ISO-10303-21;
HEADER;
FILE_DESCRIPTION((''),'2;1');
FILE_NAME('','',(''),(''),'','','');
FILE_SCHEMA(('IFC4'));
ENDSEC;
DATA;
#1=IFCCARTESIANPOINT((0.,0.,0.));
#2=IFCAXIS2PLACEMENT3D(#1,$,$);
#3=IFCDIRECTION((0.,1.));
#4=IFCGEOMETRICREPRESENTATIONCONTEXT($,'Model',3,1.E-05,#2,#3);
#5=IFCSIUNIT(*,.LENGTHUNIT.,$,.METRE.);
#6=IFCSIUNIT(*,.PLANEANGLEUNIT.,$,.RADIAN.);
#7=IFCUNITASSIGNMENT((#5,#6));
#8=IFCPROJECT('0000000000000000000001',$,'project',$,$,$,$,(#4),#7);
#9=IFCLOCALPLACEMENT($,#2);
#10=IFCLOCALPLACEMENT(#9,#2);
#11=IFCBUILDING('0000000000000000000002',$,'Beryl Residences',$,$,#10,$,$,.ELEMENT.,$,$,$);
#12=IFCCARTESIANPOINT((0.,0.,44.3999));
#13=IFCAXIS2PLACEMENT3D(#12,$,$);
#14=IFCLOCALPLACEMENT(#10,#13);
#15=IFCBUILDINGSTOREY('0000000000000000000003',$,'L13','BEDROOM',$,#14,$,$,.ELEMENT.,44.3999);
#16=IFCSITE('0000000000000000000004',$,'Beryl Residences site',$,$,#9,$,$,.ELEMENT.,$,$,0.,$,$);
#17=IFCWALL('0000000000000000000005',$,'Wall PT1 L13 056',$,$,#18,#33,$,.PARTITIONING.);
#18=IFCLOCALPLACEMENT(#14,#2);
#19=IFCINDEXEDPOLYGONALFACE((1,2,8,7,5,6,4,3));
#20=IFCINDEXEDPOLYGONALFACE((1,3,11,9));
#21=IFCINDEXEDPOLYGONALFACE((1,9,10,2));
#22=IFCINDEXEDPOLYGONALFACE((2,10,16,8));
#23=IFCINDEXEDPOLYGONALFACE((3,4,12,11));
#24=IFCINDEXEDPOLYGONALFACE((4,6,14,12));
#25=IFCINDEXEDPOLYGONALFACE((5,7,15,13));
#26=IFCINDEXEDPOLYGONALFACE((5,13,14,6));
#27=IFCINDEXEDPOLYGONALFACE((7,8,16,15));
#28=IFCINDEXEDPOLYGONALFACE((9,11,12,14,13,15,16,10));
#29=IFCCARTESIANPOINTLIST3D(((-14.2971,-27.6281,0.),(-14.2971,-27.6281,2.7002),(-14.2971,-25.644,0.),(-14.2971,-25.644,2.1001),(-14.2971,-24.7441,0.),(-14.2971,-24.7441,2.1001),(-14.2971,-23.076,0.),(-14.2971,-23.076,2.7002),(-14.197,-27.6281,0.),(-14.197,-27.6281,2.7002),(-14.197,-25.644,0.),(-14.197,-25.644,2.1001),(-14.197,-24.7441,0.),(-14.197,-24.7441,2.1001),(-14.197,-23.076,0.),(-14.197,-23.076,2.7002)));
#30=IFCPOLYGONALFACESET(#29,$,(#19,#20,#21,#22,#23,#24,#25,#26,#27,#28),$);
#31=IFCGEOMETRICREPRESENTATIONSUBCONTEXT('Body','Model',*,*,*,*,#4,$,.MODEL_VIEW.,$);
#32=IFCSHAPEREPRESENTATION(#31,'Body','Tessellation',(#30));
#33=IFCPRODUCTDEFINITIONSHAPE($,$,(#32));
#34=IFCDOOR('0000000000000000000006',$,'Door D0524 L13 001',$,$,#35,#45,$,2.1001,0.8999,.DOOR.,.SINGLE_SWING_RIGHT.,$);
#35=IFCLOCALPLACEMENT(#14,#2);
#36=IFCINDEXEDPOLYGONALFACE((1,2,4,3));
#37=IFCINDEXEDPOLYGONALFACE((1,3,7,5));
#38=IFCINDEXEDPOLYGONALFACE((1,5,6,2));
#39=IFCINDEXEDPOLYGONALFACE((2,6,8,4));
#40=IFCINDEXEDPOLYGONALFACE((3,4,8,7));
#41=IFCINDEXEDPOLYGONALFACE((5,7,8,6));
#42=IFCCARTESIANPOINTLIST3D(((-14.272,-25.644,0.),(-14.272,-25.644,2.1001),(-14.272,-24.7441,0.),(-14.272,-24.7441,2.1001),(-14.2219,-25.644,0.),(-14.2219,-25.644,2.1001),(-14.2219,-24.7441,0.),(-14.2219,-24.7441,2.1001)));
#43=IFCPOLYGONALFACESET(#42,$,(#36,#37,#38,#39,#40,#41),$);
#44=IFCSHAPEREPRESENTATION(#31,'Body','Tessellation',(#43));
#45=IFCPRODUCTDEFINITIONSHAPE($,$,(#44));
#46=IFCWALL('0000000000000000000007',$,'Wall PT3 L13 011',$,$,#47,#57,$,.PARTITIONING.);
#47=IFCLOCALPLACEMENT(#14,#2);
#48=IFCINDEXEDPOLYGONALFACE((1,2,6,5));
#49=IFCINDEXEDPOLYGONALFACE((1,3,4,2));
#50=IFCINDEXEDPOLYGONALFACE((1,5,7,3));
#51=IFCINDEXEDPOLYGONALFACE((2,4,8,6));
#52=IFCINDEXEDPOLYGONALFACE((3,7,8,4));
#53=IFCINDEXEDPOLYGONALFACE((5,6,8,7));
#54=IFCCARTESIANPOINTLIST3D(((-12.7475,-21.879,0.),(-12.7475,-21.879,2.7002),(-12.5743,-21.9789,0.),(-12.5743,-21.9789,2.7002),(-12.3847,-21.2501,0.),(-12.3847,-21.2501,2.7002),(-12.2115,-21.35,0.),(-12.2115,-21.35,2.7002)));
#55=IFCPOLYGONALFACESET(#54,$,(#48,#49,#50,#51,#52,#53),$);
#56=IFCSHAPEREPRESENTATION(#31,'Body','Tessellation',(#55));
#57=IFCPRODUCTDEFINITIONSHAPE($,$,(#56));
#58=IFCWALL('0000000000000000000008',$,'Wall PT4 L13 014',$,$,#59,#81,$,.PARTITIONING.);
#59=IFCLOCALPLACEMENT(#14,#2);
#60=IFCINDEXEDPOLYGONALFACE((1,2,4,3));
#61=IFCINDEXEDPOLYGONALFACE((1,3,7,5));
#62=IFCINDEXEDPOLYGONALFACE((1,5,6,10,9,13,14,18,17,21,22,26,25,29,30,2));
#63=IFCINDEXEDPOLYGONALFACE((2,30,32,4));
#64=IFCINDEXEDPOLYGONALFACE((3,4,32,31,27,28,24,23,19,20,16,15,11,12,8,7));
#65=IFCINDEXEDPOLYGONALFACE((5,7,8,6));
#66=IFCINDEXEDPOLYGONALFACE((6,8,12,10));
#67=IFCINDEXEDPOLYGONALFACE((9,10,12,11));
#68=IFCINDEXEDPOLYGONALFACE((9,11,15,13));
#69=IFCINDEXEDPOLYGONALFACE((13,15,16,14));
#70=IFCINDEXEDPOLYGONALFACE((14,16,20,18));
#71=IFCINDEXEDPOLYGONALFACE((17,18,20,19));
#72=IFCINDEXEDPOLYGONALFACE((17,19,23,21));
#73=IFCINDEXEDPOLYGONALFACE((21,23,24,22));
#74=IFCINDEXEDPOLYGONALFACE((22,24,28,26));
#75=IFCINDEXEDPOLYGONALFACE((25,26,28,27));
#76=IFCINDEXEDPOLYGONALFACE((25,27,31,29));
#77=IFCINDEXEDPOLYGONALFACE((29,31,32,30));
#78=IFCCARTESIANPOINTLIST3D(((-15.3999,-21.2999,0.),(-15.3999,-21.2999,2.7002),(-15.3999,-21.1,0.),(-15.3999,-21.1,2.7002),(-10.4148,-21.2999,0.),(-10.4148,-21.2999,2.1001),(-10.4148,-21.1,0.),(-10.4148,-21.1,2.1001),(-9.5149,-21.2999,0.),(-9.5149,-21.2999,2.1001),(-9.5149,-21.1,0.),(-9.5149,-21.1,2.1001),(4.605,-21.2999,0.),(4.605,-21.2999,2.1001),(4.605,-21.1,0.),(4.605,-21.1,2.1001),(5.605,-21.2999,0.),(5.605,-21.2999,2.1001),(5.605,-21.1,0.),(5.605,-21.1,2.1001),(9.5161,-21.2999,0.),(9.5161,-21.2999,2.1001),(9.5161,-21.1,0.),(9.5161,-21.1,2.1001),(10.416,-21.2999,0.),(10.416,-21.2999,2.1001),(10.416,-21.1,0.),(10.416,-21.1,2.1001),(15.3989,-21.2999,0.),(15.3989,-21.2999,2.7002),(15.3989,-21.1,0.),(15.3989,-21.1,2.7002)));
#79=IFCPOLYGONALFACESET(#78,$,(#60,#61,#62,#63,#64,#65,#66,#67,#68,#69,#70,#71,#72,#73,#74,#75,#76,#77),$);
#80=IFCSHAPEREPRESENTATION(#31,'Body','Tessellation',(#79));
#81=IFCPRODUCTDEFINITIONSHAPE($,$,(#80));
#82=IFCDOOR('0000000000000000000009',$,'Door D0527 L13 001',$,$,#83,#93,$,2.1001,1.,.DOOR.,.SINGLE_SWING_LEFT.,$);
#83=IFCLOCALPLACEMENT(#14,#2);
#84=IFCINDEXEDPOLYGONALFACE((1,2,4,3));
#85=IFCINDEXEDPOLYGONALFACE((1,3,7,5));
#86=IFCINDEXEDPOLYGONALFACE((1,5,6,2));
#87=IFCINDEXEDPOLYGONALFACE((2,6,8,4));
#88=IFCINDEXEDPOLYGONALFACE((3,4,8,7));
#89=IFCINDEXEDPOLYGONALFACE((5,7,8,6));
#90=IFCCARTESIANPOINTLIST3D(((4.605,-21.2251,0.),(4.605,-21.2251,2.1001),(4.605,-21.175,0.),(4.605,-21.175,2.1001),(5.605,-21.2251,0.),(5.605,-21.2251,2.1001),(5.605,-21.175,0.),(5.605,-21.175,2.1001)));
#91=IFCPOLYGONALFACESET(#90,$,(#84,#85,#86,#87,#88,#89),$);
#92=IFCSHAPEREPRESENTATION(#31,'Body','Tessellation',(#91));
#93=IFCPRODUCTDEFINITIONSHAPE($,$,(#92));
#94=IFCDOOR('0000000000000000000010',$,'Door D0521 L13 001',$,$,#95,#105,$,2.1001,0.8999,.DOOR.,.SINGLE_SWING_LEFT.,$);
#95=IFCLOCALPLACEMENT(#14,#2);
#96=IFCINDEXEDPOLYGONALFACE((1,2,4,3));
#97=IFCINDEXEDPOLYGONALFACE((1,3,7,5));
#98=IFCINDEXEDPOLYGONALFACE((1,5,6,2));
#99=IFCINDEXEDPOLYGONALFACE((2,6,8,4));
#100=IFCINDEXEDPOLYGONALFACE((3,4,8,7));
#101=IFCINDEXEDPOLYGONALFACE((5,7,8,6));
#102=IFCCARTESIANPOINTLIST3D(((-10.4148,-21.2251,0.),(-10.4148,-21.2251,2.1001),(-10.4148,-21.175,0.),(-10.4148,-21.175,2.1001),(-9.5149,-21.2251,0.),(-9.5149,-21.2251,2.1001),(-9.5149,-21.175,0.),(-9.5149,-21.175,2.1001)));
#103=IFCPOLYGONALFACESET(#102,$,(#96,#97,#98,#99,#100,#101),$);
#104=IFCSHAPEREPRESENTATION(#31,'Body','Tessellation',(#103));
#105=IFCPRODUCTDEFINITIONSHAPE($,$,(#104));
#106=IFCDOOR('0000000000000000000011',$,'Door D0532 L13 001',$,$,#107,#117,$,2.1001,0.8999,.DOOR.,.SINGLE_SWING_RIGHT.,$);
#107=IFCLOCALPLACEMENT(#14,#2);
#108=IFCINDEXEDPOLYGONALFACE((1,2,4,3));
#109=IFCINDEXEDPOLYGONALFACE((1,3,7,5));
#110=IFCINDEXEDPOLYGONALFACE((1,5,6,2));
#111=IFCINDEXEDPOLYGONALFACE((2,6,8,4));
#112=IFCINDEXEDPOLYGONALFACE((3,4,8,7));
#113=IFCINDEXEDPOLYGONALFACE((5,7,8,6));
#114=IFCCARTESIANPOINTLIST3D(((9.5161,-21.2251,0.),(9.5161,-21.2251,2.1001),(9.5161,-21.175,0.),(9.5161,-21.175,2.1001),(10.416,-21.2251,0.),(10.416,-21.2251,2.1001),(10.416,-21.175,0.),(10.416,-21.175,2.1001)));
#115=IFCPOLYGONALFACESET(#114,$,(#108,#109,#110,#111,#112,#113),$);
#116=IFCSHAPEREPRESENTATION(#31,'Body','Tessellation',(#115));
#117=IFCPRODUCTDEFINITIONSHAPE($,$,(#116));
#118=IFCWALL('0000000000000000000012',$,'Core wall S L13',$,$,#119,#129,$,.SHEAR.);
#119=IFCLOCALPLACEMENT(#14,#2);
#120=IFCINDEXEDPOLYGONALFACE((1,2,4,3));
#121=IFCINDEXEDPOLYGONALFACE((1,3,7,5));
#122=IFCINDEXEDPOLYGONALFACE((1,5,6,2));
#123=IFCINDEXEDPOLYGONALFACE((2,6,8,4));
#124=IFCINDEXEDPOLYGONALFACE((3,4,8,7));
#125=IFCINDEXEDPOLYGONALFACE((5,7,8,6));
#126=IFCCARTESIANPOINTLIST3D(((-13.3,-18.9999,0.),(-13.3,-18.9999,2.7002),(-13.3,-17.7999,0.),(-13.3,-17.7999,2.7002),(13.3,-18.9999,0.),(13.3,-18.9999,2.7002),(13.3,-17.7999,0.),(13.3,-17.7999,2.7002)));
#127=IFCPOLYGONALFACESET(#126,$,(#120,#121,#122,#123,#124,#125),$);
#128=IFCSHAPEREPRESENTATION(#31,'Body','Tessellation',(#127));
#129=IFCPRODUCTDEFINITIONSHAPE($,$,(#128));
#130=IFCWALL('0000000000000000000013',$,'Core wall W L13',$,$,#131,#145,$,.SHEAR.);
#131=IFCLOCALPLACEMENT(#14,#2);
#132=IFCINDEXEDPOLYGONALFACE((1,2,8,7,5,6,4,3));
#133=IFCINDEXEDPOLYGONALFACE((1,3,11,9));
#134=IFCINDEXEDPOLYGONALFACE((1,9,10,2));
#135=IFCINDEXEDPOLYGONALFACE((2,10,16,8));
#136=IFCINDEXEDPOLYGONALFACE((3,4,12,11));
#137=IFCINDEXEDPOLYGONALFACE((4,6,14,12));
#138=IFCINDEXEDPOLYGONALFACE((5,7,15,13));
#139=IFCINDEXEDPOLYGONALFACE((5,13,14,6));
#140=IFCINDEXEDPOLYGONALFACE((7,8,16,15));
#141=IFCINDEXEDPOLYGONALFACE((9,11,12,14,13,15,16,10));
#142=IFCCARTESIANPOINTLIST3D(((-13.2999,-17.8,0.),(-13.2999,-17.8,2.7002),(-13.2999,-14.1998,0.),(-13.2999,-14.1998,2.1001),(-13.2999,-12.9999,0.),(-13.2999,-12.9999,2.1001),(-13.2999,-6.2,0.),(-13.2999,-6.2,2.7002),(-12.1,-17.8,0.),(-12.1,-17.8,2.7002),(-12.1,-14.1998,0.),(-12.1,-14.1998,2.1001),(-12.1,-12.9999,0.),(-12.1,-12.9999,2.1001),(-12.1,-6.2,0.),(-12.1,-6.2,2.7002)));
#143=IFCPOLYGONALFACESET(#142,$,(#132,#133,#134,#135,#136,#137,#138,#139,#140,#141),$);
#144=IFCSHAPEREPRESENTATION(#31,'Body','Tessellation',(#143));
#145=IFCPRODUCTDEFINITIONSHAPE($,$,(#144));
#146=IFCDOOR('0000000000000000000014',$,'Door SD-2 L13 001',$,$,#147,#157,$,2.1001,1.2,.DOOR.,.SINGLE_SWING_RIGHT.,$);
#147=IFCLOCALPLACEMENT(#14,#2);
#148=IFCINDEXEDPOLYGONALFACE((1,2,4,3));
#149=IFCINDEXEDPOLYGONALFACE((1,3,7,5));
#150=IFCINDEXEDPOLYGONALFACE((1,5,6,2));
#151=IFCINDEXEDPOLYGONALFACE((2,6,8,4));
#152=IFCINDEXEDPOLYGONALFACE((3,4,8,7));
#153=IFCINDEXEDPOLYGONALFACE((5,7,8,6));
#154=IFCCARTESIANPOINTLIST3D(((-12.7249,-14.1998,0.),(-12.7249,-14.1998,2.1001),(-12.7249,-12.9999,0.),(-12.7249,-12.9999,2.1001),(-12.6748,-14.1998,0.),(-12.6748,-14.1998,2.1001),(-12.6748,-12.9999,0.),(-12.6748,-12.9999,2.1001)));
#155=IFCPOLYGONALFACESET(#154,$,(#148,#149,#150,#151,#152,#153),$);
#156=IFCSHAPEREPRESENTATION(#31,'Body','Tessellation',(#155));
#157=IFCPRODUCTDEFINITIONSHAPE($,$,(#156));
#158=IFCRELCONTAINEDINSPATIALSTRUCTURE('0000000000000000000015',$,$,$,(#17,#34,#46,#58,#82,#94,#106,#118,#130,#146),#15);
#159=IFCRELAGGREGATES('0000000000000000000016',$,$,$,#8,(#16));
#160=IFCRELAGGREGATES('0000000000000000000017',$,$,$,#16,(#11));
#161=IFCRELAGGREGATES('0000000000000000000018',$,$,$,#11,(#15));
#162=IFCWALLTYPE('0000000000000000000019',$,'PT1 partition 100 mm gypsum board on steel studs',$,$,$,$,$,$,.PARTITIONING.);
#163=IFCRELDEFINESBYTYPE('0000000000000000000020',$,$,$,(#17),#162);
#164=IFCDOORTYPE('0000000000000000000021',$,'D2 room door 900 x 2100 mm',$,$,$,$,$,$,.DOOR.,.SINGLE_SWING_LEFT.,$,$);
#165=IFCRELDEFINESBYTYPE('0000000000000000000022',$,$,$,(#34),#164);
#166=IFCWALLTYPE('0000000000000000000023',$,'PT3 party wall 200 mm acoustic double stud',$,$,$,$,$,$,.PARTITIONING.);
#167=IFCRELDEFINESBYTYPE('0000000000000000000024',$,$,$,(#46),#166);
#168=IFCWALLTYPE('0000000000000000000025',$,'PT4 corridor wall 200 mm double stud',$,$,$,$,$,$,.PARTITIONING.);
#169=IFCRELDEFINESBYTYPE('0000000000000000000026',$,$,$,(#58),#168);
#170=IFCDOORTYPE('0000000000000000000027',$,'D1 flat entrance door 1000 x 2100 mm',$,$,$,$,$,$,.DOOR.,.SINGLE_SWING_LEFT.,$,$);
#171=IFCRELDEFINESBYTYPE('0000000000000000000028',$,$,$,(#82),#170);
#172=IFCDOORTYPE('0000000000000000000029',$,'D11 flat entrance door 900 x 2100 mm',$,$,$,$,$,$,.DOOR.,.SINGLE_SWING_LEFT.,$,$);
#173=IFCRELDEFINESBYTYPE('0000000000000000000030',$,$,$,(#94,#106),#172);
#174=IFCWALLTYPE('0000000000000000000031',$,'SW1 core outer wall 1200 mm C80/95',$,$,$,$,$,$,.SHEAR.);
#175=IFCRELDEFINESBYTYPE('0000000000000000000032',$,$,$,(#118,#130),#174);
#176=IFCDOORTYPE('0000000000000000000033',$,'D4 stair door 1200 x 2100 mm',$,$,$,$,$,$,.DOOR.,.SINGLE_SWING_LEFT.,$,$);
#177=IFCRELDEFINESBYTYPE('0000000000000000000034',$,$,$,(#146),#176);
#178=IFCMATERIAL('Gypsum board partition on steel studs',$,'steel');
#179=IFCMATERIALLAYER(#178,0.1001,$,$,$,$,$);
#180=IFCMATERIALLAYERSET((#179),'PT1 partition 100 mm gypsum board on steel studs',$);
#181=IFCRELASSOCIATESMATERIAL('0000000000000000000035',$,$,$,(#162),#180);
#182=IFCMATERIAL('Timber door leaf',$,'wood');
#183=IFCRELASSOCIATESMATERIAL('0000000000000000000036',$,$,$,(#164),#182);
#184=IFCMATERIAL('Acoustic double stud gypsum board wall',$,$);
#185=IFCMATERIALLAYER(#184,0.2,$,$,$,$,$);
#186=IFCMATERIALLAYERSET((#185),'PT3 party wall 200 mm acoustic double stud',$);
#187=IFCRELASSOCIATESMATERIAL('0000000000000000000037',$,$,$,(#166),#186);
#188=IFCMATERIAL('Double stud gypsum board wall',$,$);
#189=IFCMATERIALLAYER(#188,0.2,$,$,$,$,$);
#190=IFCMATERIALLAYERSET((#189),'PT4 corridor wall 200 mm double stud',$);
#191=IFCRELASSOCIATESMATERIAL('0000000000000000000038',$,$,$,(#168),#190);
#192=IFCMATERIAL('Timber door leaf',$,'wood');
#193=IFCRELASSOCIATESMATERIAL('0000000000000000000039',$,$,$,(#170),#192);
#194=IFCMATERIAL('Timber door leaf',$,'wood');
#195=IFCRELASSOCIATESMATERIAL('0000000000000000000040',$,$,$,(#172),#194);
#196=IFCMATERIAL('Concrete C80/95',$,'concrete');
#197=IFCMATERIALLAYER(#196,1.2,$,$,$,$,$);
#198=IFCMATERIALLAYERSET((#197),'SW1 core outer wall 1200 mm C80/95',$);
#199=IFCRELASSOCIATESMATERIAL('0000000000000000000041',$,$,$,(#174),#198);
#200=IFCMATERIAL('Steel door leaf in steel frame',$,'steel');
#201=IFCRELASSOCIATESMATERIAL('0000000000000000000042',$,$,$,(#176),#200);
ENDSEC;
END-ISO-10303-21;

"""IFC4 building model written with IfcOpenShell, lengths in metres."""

from ifc_helpers import new_model, si_unit, direction, frame, frame_2d, origin, place, context, subcontext, project, spatial, rectangle, extrude, material, layer, layer_set, type_object, element, fill, save


model = new_model("IFC4")

# Units and contexts
model_context = context("Model", 3, precision=1e-05, world=origin(), true_north=direction((0.0, 1.0)))
body_context = subcontext(model_context, "Body", "Model", "MODEL_VIEW")
ifc_project = project(units=[si_unit("LENGTHUNIT", "METRE"), si_unit("PLANEANGLEUNIT", "RADIAN")], contexts=[model_context])

# Site, building, storey
site_placement = place(None, origin())
site = spatial("IfcSite", under=ifc_project, at=site_placement, Name="Beryl Residences site", CompositionType="ELEMENT", RefElevation=0.0)
building_placement = place(site_placement, origin())
building = spatial("IfcBuilding", under=site, at=building_placement, Name="Beryl Residences", CompositionType="ELEMENT")
storey_placement = place(building_placement, frame((0.0, 0.0, 44.3999)))
storey = spatial("IfcBuildingStorey", under=building, at=storey_placement, Name="L13", Description="BEDROOM", CompositionType="ELEMENT", Elevation=44.3999)

# Shared definitions
ifc_material_1 = material(Name="Gypsum board partition on steel studs", Category="steel")
ifc_layer_1 = layer(ifc_material_1, 0.1001)
ifc_layer_set_1 = layer_set([ifc_layer_1], Name="PT1 partition 100 mm gypsum board on steel studs")
wall_type_1 = type_object("IfcWallType", Name="PT1 partition 100 mm gypsum board on steel studs", PredefinedType="PARTITIONING", material=ifc_layer_set_1)

# Wall, opening, door
wall_1_placement = place(storey_placement, frame((-14.2471, -27.6279, 0.0), z_axis=(0.0, 0.0, 1.0), x_axis=(0.0, 1.0, 0.0)))
wall_1 = element("IfcWall", 1, at=wall_1_placement, inside=storey, type_object=wall_type_1, Name="Wall PT1 L13 056", PredefinedType="PARTITIONING", context=body_context, shape_type="SweptSolid", body=[
    extrude(rectangle(XDim=4.552, YDim=0.1001, at=frame_2d((2.2759, 0.0))), origin(), (0.0, 0.0, 1.0), 2.7002),
])
opening_1_placement = place(wall_1_placement, frame((1.9839, 0.0, 0.0)))
opening_1 = element("IfcOpeningElement", 2, at=opening_1_placement, cuts=wall_1, PredefinedType="OPENING", context=body_context, shape_type="SweptSolid", body=[
    extrude(rectangle(XDim=0.8999, YDim=2.1001, at=frame_2d((0.45, 1.05))), frame((0.0, 0.0601, 0.0), z_axis=(0.0, -1.0, 0.0), x_axis=(1.0, 0.0, 0.0)), (0.0, 0.0, 1.0), 0.1201),
])
ifc_material_2 = material(Name="Timber door leaf", Category="wood")
door_type_1 = type_object("IfcDoorType", Name="D2 room door 900 x 2100 mm", OperationType="SINGLE_SWING_LEFT", PredefinedType="DOOR", material=ifc_material_2)
door_1_placement = place(opening_1_placement, origin())
door_1 = element("IfcDoor", 3, at=door_1_placement, inside=storey, type_object=door_type_1, Name="Door D0524 L13 001", OperationType="SINGLE_SWING_RIGHT", OverallHeight=2.1001, OverallWidth=0.8999, PredefinedType="DOOR", context=body_context, shape_type="SweptSolid", body=[
    extrude(rectangle(XDim=0.8999, YDim=2.1001, at=frame_2d((0.45, 1.05))), frame((0.0, 0.0249, 0.0), z_axis=(0.0, -1.0, 0.0), x_axis=(1.0, 0.0, 0.0)), (0.0, 0.0, 1.0), 0.05),
])
fill(opening_1, door_1)

# Wall
ifc_material_3 = material(Name="Acoustic double stud gypsum board wall")
ifc_layer_2 = layer(ifc_material_3, 0.2)
ifc_layer_set_2 = layer_set([ifc_layer_2], Name="PT3 party wall 200 mm acoustic double stud")
wall_type_2 = type_object("IfcWallType", Name="PT3 party wall 200 mm acoustic double stud", PredefinedType="PARTITIONING", material=ifc_layer_set_2)
wall_2_placement = place(storey_placement, frame((-12.6609, -21.929, 0.0), z_axis=(0.0, 0.0, 1.0), x_axis=(0.499684, 0.866208, 0.0)))
element("IfcWall", 4, at=wall_2_placement, inside=storey, type_object=wall_type_2, Name="Wall PT3 L13 011", PredefinedType="PARTITIONING", context=body_context, shape_type="SweptSolid", body=[
    extrude(rectangle(XDim=0.7261, YDim=0.2, at=frame_2d((0.363, 0.0))), origin(), (0.0, 0.0, 1.0), 2.7002),
])

# Wall, openings, doors
ifc_material_4 = material(Name="Double stud gypsum board wall")
ifc_layer_3 = layer(ifc_material_4, 0.2)
ifc_layer_set_3 = layer_set([ifc_layer_3], Name="PT4 corridor wall 200 mm double stud")
wall_type_3 = type_object("IfcWallType", Name="PT4 corridor wall 200 mm double stud", PredefinedType="PARTITIONING", material=ifc_layer_set_3)
wall_3_placement = place(storey_placement, frame((-15.3999, -21.2, 0.0), z_axis=(0.0, 0.0, 1.0), x_axis=(1.0, 0.0, 0.0)))
wall_3 = element("IfcWall", 5, at=wall_3_placement, inside=storey, type_object=wall_type_3, Name="Wall PT4 L13 014", PredefinedType="PARTITIONING", context=body_context, shape_type="SweptSolid", body=[
    extrude(rectangle(XDim=30.7988, YDim=0.2, at=frame_2d((15.3994, 0.0))), origin(), (0.0, 0.0, 1.0), 2.7002),
])
opening_2_placement = place(wall_3_placement, frame((4.9851, 0.0, 0.0)))
opening_2 = element("IfcOpeningElement", 6, at=opening_2_placement, cuts=wall_3, PredefinedType="OPENING", context=body_context, shape_type="SweptSolid", body=[
    extrude(rectangle(XDim=0.8999, YDim=2.1001, at=frame_2d((0.45, 1.05))), frame((0.0, 0.1099, 0.0), z_axis=(0.0, -1.0, 0.0), x_axis=(1.0, 0.0, 0.0)), (0.0, 0.0, 1.0), 0.22),
])
opening_3_placement = place(wall_3_placement, frame((20.0049, 0.0, 0.0)))
opening_3 = element("IfcOpeningElement", 7, at=opening_3_placement, cuts=wall_3, PredefinedType="OPENING", context=body_context, shape_type="SweptSolid", body=[
    extrude(rectangle(XDim=1.0, YDim=2.1001, at=frame_2d((0.5, 1.05))), frame((0.0, 0.1099, 0.0), z_axis=(0.0, -1.0, 0.0), x_axis=(1.0, 0.0, 0.0)), (0.0, 0.0, 1.0), 0.22),
])
opening_4_placement = place(wall_3_placement, frame((24.916, 0.0, 0.0)))
opening_4 = element("IfcOpeningElement", 8, at=opening_4_placement, cuts=wall_3, PredefinedType="OPENING", context=body_context, shape_type="SweptSolid", body=[
    extrude(rectangle(XDim=0.8999, YDim=2.1001, at=frame_2d((0.45, 1.05))), frame((0.0, 0.1099, 0.0), z_axis=(0.0, -1.0, 0.0), x_axis=(1.0, 0.0, 0.0)), (0.0, 0.0, 1.0), 0.22),
])
ifc_material_5 = material(Name="Timber door leaf", Category="wood")
door_type_2 = type_object("IfcDoorType", Name="D1 flat entrance door 1000 x 2100 mm", OperationType="SINGLE_SWING_LEFT", PredefinedType="DOOR", material=ifc_material_5)
door_2_placement = place(opening_3_placement, origin())
door_2 = element("IfcDoor", 9, at=door_2_placement, inside=storey, type_object=door_type_2, Name="Door D0527 L13 001", OperationType="SINGLE_SWING_LEFT", OverallHeight=2.1001, OverallWidth=1.0, PredefinedType="DOOR", context=body_context, shape_type="SweptSolid", body=[
    extrude(rectangle(XDim=1.0, YDim=2.1001, at=frame_2d((0.5, 1.05))), frame((0.0, 0.0249, 0.0), z_axis=(0.0, -1.0, 0.0), x_axis=(1.0, 0.0, 0.0)), (0.0, 0.0, 1.0), 0.05),
])
fill(opening_3, door_2)
ifc_material_6 = material(Name="Timber door leaf", Category="wood")
door_type_3 = type_object("IfcDoorType", Name="D11 flat entrance door 900 x 2100 mm", OperationType="SINGLE_SWING_LEFT", PredefinedType="DOOR", material=ifc_material_6)
door_3_placement = place(opening_2_placement, origin())
door_3 = element("IfcDoor", 10, at=door_3_placement, inside=storey, type_object=door_type_3, Name="Door D0521 L13 001", OperationType="SINGLE_SWING_LEFT", OverallHeight=2.1001, OverallWidth=0.8999, PredefinedType="DOOR", context=body_context, shape_type="SweptSolid", body=[
    extrude(rectangle(XDim=0.8999, YDim=2.1001, at=frame_2d((0.45, 1.05))), frame((0.0, 0.0249, 0.0), z_axis=(0.0, -1.0, 0.0), x_axis=(1.0, 0.0, 0.0)), (0.0, 0.0, 1.0), 0.05),
])
fill(opening_2, door_3)
door_4_placement = place(opening_4_placement, origin())
door_4 = element("IfcDoor", 11, at=door_4_placement, inside=storey, type_object=door_type_3, Name="Door D0532 L13 001", OperationType="SINGLE_SWING_RIGHT", OverallHeight=2.1001, OverallWidth=0.8999, PredefinedType="DOOR", context=body_context, shape_type="SweptSolid", body=[
    extrude(rectangle(XDim=0.8999, YDim=2.1001, at=frame_2d((0.45, 1.05))), frame((0.0, 0.0249, 0.0), z_axis=(0.0, -1.0, 0.0), x_axis=(1.0, 0.0, 0.0)), (0.0, 0.0, 1.0), 0.05),
])
fill(opening_4, door_4)

# Wall
ifc_material_7 = material(Name="Concrete C80/95", Category="concrete")
ifc_layer_4 = layer(ifc_material_7, 1.2)
ifc_layer_set_4 = layer_set([ifc_layer_4], Name="SW1 core outer wall 1200 mm C80/95")
wall_type_4 = type_object("IfcWallType", Name="SW1 core outer wall 1200 mm C80/95", PredefinedType="SHEAR", material=ifc_layer_set_4)
wall_4_placement = place(storey_placement, frame((-13.3, -18.3999, 0.0), z_axis=(0.0, 0.0, 1.0), x_axis=(1.0, 0.0, 0.0)))
element("IfcWall", 12, at=wall_4_placement, inside=storey, type_object=wall_type_4, Name="Core wall S L13", PredefinedType="SHEAR", context=body_context, shape_type="SweptSolid", body=[
    extrude(rectangle(XDim=26.6001, YDim=1.2, at=frame_2d((13.3, 0.0))), origin(), (0.0, 0.0, 1.0), 2.7002),
])

# Wall, opening, door
wall_5_placement = place(storey_placement, frame((-12.7, -17.8, 0.0), z_axis=(0.0, 0.0, 1.0), x_axis=(0.0, 1.0, 0.0)))
wall_5 = element("IfcWall", 13, at=wall_5_placement, inside=storey, type_object=wall_type_4, Name="Core wall W L13", PredefinedType="SHEAR", context=body_context, shape_type="SweptSolid", body=[
    extrude(rectangle(XDim=11.6001, YDim=1.2, at=frame_2d((5.8, 0.0))), origin(), (0.0, 0.0, 1.0), 2.7002),
])
opening_5_placement = place(wall_5_placement, frame((3.6001, 0.0, 0.0)))
opening_5 = element("IfcOpeningElement", 14, at=opening_5_placement, cuts=wall_5, PredefinedType="OPENING", context=body_context, shape_type="SweptSolid", body=[
    extrude(rectangle(XDim=1.2, YDim=2.1001, at=frame_2d((0.6001, 1.05))), frame((0.0, 0.6099, 0.0), z_axis=(0.0, -1.0, 0.0), x_axis=(1.0, 0.0, 0.0)), (0.0, 0.0, 1.0), 1.22),
])
ifc_material_8 = material(Name="Steel door leaf in steel frame", Category="steel")
door_type_4 = type_object("IfcDoorType", Name="D4 stair door 1200 x 2100 mm", OperationType="SINGLE_SWING_LEFT", PredefinedType="DOOR", material=ifc_material_8)
door_5_placement = place(opening_5_placement, origin())
door_5 = element("IfcDoor", 15, at=door_5_placement, inside=storey, type_object=door_type_4, Name="Door SD-2 L13 001", OperationType="SINGLE_SWING_RIGHT", OverallHeight=2.1001, OverallWidth=1.2, PredefinedType="DOOR", context=body_context, shape_type="SweptSolid", body=[
    extrude(rectangle(XDim=1.2, YDim=2.1001, at=frame_2d((0.6001, 1.05))), frame((0.0, 0.0249, 0.0), z_axis=(0.0, -1.0, 0.0), x_axis=(1.0, 0.0, 0.0)), (0.0, 0.0, 1.0), 0.05),
])
fill(opening_5, door_5)

save(model, "model.ifc")
